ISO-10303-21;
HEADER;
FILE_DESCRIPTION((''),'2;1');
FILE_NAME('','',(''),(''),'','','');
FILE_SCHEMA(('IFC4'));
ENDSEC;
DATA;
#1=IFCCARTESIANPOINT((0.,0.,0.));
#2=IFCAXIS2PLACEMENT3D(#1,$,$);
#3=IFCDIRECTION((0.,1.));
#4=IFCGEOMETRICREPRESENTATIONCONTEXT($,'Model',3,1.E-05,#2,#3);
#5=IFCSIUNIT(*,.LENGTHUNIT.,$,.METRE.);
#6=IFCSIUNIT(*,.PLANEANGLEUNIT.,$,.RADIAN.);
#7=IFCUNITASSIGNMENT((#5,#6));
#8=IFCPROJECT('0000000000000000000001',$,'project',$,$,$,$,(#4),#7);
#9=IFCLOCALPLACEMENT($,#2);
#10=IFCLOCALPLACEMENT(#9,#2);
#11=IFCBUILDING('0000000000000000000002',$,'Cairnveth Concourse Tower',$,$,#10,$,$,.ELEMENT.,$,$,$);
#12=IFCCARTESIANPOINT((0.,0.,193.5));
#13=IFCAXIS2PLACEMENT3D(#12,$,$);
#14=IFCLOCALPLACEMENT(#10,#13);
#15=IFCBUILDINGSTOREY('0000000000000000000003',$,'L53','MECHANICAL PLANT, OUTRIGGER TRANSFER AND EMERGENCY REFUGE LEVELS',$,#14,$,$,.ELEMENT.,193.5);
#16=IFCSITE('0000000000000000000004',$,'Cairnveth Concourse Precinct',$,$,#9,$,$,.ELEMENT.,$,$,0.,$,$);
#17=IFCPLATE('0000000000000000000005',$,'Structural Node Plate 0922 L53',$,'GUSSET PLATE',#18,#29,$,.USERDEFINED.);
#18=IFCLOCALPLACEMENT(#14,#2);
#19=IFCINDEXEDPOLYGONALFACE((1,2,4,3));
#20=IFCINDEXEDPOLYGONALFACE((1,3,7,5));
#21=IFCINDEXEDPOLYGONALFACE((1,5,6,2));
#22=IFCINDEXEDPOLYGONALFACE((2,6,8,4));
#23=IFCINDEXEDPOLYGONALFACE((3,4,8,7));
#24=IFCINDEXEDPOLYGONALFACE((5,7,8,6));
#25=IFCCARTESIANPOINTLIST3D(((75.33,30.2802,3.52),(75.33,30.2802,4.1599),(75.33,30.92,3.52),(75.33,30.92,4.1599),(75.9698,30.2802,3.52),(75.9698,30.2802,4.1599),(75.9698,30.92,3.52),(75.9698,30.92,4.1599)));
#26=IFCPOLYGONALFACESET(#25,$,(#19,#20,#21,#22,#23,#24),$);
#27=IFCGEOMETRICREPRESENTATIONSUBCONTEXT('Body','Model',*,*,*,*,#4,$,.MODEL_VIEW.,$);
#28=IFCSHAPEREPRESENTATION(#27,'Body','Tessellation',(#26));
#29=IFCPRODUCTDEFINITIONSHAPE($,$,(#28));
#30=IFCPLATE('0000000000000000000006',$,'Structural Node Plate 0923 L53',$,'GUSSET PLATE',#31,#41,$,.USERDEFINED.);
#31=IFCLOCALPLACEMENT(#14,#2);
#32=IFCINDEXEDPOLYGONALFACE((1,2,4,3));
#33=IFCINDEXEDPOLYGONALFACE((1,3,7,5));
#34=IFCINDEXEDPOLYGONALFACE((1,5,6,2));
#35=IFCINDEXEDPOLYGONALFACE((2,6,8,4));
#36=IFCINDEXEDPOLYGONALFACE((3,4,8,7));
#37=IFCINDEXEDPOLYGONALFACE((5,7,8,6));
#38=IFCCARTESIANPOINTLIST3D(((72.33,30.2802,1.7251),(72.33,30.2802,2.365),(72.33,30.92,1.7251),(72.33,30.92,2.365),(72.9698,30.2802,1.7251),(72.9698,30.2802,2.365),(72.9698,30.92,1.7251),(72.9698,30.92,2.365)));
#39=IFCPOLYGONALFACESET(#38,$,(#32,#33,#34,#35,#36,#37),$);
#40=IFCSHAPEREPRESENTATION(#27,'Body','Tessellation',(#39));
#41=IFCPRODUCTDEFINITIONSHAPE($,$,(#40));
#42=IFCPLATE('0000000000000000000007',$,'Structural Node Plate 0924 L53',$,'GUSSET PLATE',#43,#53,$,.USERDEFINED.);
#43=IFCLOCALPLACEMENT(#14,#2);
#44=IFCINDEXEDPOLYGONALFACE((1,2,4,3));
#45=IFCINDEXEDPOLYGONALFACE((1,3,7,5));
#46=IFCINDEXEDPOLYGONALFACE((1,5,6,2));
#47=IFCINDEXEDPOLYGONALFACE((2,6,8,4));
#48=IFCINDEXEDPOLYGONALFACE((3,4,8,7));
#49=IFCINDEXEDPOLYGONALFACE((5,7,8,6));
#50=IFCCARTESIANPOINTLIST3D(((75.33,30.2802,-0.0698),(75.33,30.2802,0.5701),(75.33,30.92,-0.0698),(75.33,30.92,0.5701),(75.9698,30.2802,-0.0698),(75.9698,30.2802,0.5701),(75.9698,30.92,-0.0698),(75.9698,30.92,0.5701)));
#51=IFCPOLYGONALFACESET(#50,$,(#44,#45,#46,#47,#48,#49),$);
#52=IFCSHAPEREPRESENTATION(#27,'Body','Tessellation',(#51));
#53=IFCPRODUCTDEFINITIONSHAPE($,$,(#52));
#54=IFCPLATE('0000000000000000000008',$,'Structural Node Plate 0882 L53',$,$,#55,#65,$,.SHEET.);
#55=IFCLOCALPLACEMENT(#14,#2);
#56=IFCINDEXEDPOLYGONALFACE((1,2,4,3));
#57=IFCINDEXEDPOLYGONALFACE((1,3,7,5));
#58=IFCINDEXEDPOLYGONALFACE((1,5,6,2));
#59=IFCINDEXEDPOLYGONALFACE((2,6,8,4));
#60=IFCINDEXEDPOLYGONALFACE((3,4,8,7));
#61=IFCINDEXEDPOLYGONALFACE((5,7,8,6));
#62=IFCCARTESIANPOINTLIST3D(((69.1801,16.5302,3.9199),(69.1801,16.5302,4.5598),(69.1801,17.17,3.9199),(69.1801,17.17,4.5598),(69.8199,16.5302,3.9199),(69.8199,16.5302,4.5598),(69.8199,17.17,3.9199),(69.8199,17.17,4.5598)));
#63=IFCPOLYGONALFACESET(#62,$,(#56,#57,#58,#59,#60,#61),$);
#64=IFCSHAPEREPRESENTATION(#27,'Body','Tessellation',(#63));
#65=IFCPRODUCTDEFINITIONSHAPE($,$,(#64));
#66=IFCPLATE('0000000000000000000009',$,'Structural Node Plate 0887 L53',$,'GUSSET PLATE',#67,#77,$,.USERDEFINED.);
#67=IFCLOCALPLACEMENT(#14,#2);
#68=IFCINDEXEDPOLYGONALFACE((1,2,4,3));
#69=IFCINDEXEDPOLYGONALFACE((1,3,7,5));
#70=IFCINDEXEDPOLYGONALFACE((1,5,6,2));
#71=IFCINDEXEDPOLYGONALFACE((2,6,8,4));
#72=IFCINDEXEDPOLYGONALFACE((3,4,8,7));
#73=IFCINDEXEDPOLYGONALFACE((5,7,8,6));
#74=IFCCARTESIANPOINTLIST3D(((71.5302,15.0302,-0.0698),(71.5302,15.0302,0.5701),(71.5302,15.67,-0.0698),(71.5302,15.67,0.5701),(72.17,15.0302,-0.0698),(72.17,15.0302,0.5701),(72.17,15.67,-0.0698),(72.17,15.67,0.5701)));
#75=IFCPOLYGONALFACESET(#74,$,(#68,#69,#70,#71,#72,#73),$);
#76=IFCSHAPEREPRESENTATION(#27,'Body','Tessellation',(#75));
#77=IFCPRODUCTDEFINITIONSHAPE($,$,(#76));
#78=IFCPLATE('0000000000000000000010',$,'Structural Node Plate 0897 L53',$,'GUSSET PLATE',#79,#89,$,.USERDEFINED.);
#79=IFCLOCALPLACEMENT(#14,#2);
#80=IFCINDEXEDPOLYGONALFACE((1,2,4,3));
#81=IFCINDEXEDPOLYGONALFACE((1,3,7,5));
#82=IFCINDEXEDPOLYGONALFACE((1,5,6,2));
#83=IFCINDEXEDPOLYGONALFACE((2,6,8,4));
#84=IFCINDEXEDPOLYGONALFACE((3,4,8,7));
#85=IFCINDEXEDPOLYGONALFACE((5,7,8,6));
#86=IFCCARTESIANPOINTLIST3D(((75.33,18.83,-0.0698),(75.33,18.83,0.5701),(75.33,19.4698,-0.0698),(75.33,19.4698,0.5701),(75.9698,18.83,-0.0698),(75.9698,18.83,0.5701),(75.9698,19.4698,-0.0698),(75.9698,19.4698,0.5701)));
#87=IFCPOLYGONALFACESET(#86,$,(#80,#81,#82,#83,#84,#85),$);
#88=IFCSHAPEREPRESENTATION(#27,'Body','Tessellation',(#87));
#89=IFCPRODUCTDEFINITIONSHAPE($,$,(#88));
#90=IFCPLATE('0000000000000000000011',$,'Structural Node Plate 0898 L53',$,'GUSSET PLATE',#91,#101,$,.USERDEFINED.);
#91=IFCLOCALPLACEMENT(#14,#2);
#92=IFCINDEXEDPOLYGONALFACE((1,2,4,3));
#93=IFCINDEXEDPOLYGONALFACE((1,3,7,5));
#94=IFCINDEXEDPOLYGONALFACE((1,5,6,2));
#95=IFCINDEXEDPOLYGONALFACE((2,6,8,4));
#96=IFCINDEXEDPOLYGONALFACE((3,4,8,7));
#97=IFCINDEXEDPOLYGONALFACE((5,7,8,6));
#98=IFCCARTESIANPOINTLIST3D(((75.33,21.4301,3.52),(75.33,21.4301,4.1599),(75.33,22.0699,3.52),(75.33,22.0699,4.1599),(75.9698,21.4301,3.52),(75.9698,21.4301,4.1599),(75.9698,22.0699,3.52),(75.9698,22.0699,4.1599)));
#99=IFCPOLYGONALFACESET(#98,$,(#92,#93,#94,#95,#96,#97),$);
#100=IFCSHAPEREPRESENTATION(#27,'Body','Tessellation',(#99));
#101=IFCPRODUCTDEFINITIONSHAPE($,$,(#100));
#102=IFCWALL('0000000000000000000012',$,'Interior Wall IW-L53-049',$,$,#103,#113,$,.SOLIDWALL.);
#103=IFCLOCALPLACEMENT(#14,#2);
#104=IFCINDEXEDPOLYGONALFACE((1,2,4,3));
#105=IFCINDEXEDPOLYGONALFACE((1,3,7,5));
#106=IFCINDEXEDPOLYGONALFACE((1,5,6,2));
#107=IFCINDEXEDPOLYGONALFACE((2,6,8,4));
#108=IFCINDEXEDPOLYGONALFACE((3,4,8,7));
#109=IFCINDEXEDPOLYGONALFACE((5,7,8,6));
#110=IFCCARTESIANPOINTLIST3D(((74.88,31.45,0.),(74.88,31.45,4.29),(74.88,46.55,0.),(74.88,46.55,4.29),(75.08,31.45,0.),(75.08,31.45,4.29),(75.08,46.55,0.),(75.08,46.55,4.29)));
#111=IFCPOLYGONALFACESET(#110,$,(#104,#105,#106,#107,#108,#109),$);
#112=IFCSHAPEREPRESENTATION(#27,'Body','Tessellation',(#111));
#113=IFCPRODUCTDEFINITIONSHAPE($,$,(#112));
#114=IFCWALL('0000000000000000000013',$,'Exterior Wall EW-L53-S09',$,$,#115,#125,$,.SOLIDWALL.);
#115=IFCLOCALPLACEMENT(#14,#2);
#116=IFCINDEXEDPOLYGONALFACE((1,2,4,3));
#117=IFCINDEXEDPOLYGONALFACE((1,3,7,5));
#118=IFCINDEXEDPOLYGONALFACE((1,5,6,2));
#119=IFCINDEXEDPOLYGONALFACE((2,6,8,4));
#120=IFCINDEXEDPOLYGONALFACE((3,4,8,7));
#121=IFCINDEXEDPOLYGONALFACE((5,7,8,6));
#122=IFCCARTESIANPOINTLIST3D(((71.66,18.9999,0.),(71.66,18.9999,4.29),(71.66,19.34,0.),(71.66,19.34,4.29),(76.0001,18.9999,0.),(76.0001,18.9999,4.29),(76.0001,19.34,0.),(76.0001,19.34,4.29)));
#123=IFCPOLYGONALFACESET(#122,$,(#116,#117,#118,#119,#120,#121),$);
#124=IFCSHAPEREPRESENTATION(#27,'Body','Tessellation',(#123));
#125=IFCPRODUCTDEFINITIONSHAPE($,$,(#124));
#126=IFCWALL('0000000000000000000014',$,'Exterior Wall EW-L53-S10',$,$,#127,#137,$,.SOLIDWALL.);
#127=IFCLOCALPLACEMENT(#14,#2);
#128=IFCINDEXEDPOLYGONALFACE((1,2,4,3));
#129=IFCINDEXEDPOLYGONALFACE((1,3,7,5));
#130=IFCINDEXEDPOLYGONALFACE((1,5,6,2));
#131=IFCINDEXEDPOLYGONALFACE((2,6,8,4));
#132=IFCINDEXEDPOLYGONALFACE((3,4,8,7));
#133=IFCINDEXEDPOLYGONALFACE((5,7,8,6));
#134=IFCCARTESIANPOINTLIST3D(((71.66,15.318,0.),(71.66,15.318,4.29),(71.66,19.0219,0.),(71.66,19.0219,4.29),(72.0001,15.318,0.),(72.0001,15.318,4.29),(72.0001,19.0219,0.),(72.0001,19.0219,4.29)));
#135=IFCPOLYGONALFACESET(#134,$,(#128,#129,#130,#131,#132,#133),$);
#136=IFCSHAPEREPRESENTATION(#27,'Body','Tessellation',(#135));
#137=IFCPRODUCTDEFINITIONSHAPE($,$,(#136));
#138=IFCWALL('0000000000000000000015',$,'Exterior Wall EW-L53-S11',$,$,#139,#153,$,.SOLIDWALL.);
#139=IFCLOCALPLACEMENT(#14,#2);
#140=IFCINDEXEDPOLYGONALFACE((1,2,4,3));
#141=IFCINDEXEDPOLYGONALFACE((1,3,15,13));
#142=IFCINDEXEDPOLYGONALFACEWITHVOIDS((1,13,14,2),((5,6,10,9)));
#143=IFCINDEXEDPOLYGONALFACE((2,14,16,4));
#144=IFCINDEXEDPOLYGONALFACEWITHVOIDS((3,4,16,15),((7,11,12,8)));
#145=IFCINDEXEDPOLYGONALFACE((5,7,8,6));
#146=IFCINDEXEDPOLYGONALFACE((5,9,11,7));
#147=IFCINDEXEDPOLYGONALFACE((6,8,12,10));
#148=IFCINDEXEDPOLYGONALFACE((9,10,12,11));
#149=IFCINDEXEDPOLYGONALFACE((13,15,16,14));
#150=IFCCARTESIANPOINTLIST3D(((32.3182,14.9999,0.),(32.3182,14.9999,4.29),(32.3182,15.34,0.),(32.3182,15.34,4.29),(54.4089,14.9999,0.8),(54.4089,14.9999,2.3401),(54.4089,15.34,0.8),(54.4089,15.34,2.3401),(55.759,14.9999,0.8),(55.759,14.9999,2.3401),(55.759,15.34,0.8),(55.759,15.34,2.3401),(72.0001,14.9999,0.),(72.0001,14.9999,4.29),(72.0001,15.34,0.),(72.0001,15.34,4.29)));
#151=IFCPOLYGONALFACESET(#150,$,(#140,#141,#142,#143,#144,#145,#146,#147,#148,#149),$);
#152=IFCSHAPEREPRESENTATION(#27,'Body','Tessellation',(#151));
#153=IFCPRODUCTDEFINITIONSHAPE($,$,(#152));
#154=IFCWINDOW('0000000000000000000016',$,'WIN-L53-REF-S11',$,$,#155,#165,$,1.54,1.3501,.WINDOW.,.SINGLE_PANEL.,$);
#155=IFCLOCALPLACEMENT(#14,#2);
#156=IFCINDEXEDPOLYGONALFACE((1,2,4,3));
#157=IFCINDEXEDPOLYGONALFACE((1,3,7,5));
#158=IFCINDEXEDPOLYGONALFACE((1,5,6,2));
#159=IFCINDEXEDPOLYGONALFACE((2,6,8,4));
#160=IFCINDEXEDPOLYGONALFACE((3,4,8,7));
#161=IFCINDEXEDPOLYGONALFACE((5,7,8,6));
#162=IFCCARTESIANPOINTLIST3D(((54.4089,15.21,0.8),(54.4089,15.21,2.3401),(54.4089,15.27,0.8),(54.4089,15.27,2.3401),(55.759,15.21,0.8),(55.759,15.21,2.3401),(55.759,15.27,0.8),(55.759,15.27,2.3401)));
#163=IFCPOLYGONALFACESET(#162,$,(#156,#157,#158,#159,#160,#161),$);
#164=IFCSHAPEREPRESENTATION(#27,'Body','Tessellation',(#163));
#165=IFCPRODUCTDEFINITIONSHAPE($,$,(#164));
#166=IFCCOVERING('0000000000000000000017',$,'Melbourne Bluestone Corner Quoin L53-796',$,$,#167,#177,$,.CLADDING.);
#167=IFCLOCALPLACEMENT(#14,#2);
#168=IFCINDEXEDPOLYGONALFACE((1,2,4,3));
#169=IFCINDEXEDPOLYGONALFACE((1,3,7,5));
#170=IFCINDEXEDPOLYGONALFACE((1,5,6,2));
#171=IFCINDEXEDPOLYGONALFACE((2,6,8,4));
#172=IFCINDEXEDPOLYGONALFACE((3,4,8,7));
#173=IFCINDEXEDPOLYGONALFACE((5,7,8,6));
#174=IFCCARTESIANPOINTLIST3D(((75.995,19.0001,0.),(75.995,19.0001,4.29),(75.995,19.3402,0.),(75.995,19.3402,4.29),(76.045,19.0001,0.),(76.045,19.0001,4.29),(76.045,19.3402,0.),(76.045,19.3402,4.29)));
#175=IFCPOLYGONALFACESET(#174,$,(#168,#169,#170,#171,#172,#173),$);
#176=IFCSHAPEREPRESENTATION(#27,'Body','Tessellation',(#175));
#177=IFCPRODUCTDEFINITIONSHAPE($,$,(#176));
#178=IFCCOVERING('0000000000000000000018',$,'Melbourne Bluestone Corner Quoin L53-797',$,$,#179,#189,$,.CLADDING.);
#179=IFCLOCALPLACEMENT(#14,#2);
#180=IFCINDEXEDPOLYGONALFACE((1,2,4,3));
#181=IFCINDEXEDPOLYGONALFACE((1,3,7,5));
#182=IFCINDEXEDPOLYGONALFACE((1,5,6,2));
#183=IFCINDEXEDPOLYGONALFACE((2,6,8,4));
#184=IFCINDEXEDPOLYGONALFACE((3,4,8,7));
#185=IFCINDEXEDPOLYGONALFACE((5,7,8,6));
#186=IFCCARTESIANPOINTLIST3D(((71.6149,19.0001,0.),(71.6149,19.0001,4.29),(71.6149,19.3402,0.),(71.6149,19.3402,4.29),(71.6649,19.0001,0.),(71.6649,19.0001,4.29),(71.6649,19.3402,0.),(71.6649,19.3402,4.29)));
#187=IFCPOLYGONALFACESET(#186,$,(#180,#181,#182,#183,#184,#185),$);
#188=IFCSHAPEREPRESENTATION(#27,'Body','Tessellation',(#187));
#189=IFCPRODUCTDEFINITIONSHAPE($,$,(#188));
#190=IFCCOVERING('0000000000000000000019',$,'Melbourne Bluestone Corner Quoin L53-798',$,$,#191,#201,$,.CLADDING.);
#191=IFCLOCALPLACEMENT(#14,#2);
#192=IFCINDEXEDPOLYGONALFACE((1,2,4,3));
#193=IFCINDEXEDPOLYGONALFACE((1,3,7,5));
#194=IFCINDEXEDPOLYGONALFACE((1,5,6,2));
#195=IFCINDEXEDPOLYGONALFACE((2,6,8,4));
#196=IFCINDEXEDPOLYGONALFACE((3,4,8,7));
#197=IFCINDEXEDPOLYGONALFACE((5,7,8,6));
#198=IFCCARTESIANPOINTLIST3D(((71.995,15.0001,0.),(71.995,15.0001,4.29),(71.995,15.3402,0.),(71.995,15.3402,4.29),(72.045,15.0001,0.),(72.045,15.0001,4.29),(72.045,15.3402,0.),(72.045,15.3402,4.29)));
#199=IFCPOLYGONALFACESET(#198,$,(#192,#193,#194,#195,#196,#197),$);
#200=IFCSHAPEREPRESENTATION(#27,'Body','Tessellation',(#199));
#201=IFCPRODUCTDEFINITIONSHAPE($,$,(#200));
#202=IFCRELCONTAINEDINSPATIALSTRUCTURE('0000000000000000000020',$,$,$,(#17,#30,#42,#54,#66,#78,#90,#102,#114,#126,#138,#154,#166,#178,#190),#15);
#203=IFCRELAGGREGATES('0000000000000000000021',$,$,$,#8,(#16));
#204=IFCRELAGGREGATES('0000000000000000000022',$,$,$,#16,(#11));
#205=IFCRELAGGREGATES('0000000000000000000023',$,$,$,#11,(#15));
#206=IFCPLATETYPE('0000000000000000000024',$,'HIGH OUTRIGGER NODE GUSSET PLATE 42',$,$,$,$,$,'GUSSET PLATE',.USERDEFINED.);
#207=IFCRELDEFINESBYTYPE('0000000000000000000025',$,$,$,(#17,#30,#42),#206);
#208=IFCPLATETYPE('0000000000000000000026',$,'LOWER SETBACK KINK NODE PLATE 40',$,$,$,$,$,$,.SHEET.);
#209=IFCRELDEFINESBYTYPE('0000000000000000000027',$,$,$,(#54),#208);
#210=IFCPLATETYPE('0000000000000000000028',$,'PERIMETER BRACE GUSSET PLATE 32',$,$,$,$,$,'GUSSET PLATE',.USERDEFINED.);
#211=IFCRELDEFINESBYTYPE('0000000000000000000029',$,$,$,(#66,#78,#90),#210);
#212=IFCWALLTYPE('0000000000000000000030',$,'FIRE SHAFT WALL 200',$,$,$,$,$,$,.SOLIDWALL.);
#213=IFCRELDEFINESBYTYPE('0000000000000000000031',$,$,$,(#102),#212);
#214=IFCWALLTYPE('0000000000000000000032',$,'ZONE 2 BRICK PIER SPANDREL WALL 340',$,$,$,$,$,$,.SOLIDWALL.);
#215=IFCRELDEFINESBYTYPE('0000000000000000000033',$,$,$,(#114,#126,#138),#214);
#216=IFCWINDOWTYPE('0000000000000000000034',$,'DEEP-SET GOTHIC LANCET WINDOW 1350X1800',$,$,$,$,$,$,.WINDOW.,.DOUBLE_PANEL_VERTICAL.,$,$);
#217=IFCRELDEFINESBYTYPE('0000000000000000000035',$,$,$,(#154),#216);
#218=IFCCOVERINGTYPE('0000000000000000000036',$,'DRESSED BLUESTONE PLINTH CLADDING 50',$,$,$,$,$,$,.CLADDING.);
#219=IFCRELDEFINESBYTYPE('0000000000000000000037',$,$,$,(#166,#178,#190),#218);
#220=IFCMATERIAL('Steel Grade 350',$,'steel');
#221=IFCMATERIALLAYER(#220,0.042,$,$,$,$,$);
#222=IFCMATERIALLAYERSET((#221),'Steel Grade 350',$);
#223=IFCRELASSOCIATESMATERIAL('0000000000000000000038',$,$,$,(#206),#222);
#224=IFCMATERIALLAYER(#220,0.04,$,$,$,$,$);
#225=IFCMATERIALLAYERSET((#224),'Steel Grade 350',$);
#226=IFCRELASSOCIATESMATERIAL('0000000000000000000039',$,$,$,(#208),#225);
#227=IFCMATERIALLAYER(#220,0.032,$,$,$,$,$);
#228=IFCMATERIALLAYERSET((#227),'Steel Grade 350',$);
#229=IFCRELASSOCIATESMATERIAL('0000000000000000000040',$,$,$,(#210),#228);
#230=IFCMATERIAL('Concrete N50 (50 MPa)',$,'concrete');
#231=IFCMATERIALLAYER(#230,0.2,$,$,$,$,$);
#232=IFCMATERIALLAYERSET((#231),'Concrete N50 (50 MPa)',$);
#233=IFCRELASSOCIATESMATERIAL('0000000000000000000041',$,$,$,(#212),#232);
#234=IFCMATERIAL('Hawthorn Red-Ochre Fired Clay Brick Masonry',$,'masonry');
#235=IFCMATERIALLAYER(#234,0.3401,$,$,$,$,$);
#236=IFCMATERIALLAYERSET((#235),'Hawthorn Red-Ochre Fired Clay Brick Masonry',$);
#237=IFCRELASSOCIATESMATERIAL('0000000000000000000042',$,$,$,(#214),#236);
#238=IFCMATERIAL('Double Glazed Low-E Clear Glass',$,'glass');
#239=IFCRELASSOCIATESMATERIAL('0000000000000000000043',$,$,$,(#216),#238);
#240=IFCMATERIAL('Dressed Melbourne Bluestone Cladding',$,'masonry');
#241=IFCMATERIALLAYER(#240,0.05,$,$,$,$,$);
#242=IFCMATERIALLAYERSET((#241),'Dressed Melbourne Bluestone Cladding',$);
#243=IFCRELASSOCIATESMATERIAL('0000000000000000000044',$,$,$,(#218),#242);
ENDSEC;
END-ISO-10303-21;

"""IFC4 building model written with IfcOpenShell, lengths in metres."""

from ifc_helpers import new_model, si_unit, direction, frame, frame_2d, origin, origin_2d, place, context, subcontext, project, spatial, rectangle, extrude, material, layer, layer_set, type_object, element, fill, save


model = new_model("IFC4")

# Units and contexts
model_context = context("Model", 3, precision=1e-05, world=origin(), true_north=direction((0.0, 1.0)))
body_context = subcontext(model_context, "Body", "Model", "MODEL_VIEW")
ifc_project = project(units=[si_unit("LENGTHUNIT", "METRE"), si_unit("PLANEANGLEUNIT", "RADIAN")], contexts=[model_context])

# Site, building, storey
site_placement = place(None, origin())
site = spatial("IfcSite", under=ifc_project, at=site_placement, Name="Cairnveth Concourse Precinct", CompositionType="ELEMENT", RefElevation=0.0)
building_placement = place(site_placement, origin())
building = spatial("IfcBuilding", under=site, at=building_placement, Name="Cairnveth Concourse Tower", CompositionType="ELEMENT")
storey_placement = place(building_placement, frame((0.0, 0.0, 193.5)))
storey = spatial("IfcBuildingStorey", under=building, at=storey_placement, Name="L53", Description="MECHANICAL PLANT, OUTRIGGER TRANSFER AND EMERGENCY REFUGE LEVELS", CompositionType="ELEMENT", Elevation=193.5)

# Shared definitions
ifc_material_1 = material(Name="Steel Grade 350", Category="steel")

# Plates
ifc_layer_1 = layer(ifc_material_1, 0.042)
ifc_layer_set_1 = layer_set([ifc_layer_1], Name="Steel Grade 350")
plate_type_1 = type_object("IfcPlateType", Name="HIGH OUTRIGGER NODE GUSSET PLATE 42", ElementType="GUSSET PLATE", PredefinedType="USERDEFINED", material=ifc_layer_set_1)
for number, where, z_axis, x_axis, name in (
    (1, (75.6499, 30.6001, 3.52), (0.0, 0.0, 1.0), (1.0, 0.0, 0.0), "Structural Node Plate 0922 L53"),
    (2, (72.6499, 30.6001, 1.7251), (0.0, 0.0, 1.0), (1.0, 0.0, 0.0), "Structural Node Plate 0923 L53"),
    (3, (75.6499, 30.6001, -0.0698), (0.0, 0.0, 1.0), (1.0, 0.0, 0.0), "Structural Node Plate 0924 L53"),
):
    element("IfcPlate", number, at=place(storey_placement, frame(where, z_axis=z_axis, x_axis=x_axis)), inside=storey, type_object=plate_type_1, Name=name, ObjectType="GUSSET PLATE", PredefinedType="USERDEFINED", context=body_context, shape_type="SweptSolid", body=[
        extrude(rectangle(XDim=0.6399, YDim=0.6399, at=origin_2d()), origin(), (0.0, 0.0, 1.0), 0.6399),
    ])
ifc_layer_2 = layer(ifc_material_1, 0.04)
ifc_layer_set_2 = layer_set([ifc_layer_2], Name="Steel Grade 350")
plate_type_2 = type_object("IfcPlateType", Name="LOWER SETBACK KINK NODE PLATE 40", PredefinedType="SHEET", material=ifc_layer_set_2)
plate_placement = place(storey_placement, frame((69.5, 16.8501, 3.9199), z_axis=(0.0, 0.0, 1.0), x_axis=(1.0, 0.0, 0.0)))
element("IfcPlate", 4, at=plate_placement, inside=storey, type_object=plate_type_2, Name="Structural Node Plate 0882 L53", PredefinedType="SHEET", context=body_context, shape_type="SweptSolid", body=[
    extrude(rectangle(XDim=0.6399, YDim=0.6399, at=origin_2d()), origin(), (0.0, 0.0, 1.0), 0.6399),
])
ifc_layer_3 = layer(ifc_material_1, 0.032)
ifc_layer_set_3 = layer_set([ifc_layer_3], Name="Steel Grade 350")
plate_type_3 = type_object("IfcPlateType", Name="PERIMETER BRACE GUSSET PLATE 32", ElementType="GUSSET PLATE", PredefinedType="USERDEFINED", material=ifc_layer_set_3)
for number, where, z_axis, x_axis, name in (
    (5, (71.8501, 15.3501, -0.0698), (0.0, 0.0, 1.0), (1.0, 0.0, 0.0), "Structural Node Plate 0887 L53"),
    (6, (75.6499, 19.1499, -0.0698), (0.0, 0.0, 1.0), (1.0, 0.0, 0.0), "Structural Node Plate 0897 L53"),
    (7, (75.6499, 21.75, 3.52), (0.0, 0.0, 1.0), (1.0, 0.0, 0.0), "Structural Node Plate 0898 L53"),
):
    element("IfcPlate", number, at=place(storey_placement, frame(where, z_axis=z_axis, x_axis=x_axis)), inside=storey, type_object=plate_type_3, Name=name, ObjectType="GUSSET PLATE", PredefinedType="USERDEFINED", context=body_context, shape_type="SweptSolid", body=[
        extrude(rectangle(XDim=0.6399, YDim=0.6399, at=origin_2d()), origin(), (0.0, 0.0, 1.0), 0.6399),
    ])

# Walls
ifc_material_2 = material(Name="Concrete N50 (50 MPa)", Category="concrete")
ifc_layer_4 = layer(ifc_material_2, 0.2)
ifc_layer_set_4 = layer_set([ifc_layer_4], Name="Concrete N50 (50 MPa)")
wall_type_1 = type_object("IfcWallType", Name="FIRE SHAFT WALL 200", PredefinedType="SOLIDWALL", material=ifc_layer_set_4)
wall_1_placement = place(storey_placement, frame((74.98, 31.45, 0.0), z_axis=(0.0, 0.0, 1.0), x_axis=(0.0, 1.0, 0.0)))
element("IfcWall", 8, at=wall_1_placement, inside=storey, type_object=wall_type_1, Name="Interior Wall IW-L53-049", PredefinedType="SOLIDWALL", context=body_context, shape_type="SweptSolid", body=[
    extrude(rectangle(XDim=15.1001, YDim=0.2, at=frame_2d((7.55, 0.0))), origin(), (0.0, 0.0, 1.0), 4.29),
])
ifc_material_3 = material(Name="Hawthorn Red-Ochre Fired Clay Brick Masonry", Category="masonry")
ifc_layer_5 = layer(ifc_material_3, 0.3401)
ifc_layer_set_5 = layer_set([ifc_layer_5], Name="Hawthorn Red-Ochre Fired Clay Brick Masonry")
wall_type_2 = type_object("IfcWallType", Name="ZONE 2 BRICK PIER SPANDREL WALL 340", PredefinedType="SOLIDWALL", material=ifc_layer_set_5)
wall_2_placement = place(storey_placement, frame((76.0, 19.1699, 0.0), z_axis=(0.0, 0.0, 1.0), x_axis=(-1.0, 0.0, 0.0)))
element("IfcWall", 9, at=wall_2_placement, inside=storey, type_object=wall_type_2, Name="Exterior Wall EW-L53-S09", PredefinedType="SOLIDWALL", context=body_context, shape_type="SweptSolid", body=[
    extrude(rectangle(XDim=4.3401, YDim=0.3401, at=frame_2d((2.1699, 0.0))), origin(), (0.0, 0.0, 1.0), 4.29),
])
wall_3_placement = place(storey_placement, frame((71.8301, 19.022, 0.0), z_axis=(0.0, 0.0, 1.0), x_axis=(0.0, -1.0, 0.0)))
element("IfcWall", 10, at=wall_3_placement, inside=storey, type_object=wall_type_2, Name="Exterior Wall EW-L53-S10", PredefinedType="SOLIDWALL", context=body_context, shape_type="SweptSolid", body=[
    extrude(rectangle(XDim=3.7039, YDim=0.3401, at=frame_2d((1.8521, 0.0))), origin(), (0.0, 0.0, 1.0), 4.29),
])

# Wall, opening, window
wall_4_placement = place(storey_placement, frame((72.0, 15.1699, 0.0), z_axis=(0.0, 0.0, 1.0), x_axis=(-1.0, 0.0, 0.0)))
wall_4 = element("IfcWall", 11, at=wall_4_placement, inside=storey, type_object=wall_type_2, Name="Exterior Wall EW-L53-S11", PredefinedType="SOLIDWALL", context=body_context, shape_type="SweptSolid", body=[
    extrude(rectangle(XDim=39.6819, YDim=0.3401, at=frame_2d((19.8408, 0.0))), origin(), (0.0, 0.0, 1.0), 4.29),
])
opening_placement = place(wall_4_placement, frame((16.241, 0.0, 0.8)))
opening = element("IfcOpeningElement", 12, at=opening_placement, cuts=wall_4, PredefinedType="OPENING", context=body_context, shape_type="SweptSolid", body=[
    extrude(rectangle(XDim=1.3501, YDim=1.54, at=frame_2d((0.675, 0.77))), frame((0.0, 0.1799, 0.0), z_axis=(0.0, -1.0, 0.0), x_axis=(1.0, 0.0, 0.0)), (0.0, 0.0, 1.0), 0.3601),
])
ifc_material_4 = material(Name="Double Glazed Low-E Clear Glass", Category="glass")
window_type = type_object("IfcWindowType", Name="DEEP-SET GOTHIC LANCET WINDOW 1350X1800", PartitioningType="DOUBLE_PANEL_VERTICAL", PredefinedType="WINDOW", material=ifc_material_4)
window_placement = place(opening_placement, origin())
window = element("IfcWindow", 13, at=window_placement, inside=storey, type_object=window_type, Name="WIN-L53-REF-S11", OverallHeight=1.54, OverallWidth=1.3501, PartitioningType="SINGLE_PANEL", PredefinedType="WINDOW", context=body_context, shape_type="SweptSolid", body=[
    extrude(rectangle(XDim=1.3501, YDim=1.54, at=frame_2d((0.675, 0.77))), frame((0.0, -0.04, 0.0), z_axis=(0.0, -1.0, 0.0), x_axis=(1.0, 0.0, 0.0)), (0.0, 0.0, 1.0), 0.0601),
])
fill(opening, window)

# Coverings
ifc_material_5 = material(Name="Dressed Melbourne Bluestone Cladding", Category="masonry")
ifc_layer_6 = layer(ifc_material_5, 0.05)
ifc_layer_set_6 = layer_set([ifc_layer_6], Name="Dressed Melbourne Bluestone Cladding")
covering_type = type_object("IfcCoveringType", Name="DRESSED BLUESTONE PLINTH CLADDING 50", PredefinedType="CLADDING", material=ifc_layer_set_6)
for number, where, z_axis, x_axis, name in (
    (14, (76.02, 19.3401, 0.0), (0.0, 0.0, 1.0), (0.0, -1.0, 0.0), "Melbourne Bluestone Corner Quoin L53-796"),
    (15, (71.6399, 19.3401, 0.0), (0.0, 0.0, 1.0), (0.0, -1.0, 0.0), "Melbourne Bluestone Corner Quoin L53-797"),
    (16, (72.02, 15.3401, 0.0), (0.0, 0.0, 1.0), (0.0, -1.0, 0.0), "Melbourne Bluestone Corner Quoin L53-798"),
):
    element("IfcCovering", number, at=place(storey_placement, frame(where, z_axis=z_axis, x_axis=x_axis)), inside=storey, type_object=covering_type, Name=name, PredefinedType="CLADDING", context=body_context, shape_type="SweptSolid", body=[
        extrude(rectangle(XDim=0.3401, YDim=0.05, at=frame_2d((0.1699, 0.0))), origin(), (0.0, 0.0, 1.0), 4.29),
    ])

save(model, "model.ifc")
